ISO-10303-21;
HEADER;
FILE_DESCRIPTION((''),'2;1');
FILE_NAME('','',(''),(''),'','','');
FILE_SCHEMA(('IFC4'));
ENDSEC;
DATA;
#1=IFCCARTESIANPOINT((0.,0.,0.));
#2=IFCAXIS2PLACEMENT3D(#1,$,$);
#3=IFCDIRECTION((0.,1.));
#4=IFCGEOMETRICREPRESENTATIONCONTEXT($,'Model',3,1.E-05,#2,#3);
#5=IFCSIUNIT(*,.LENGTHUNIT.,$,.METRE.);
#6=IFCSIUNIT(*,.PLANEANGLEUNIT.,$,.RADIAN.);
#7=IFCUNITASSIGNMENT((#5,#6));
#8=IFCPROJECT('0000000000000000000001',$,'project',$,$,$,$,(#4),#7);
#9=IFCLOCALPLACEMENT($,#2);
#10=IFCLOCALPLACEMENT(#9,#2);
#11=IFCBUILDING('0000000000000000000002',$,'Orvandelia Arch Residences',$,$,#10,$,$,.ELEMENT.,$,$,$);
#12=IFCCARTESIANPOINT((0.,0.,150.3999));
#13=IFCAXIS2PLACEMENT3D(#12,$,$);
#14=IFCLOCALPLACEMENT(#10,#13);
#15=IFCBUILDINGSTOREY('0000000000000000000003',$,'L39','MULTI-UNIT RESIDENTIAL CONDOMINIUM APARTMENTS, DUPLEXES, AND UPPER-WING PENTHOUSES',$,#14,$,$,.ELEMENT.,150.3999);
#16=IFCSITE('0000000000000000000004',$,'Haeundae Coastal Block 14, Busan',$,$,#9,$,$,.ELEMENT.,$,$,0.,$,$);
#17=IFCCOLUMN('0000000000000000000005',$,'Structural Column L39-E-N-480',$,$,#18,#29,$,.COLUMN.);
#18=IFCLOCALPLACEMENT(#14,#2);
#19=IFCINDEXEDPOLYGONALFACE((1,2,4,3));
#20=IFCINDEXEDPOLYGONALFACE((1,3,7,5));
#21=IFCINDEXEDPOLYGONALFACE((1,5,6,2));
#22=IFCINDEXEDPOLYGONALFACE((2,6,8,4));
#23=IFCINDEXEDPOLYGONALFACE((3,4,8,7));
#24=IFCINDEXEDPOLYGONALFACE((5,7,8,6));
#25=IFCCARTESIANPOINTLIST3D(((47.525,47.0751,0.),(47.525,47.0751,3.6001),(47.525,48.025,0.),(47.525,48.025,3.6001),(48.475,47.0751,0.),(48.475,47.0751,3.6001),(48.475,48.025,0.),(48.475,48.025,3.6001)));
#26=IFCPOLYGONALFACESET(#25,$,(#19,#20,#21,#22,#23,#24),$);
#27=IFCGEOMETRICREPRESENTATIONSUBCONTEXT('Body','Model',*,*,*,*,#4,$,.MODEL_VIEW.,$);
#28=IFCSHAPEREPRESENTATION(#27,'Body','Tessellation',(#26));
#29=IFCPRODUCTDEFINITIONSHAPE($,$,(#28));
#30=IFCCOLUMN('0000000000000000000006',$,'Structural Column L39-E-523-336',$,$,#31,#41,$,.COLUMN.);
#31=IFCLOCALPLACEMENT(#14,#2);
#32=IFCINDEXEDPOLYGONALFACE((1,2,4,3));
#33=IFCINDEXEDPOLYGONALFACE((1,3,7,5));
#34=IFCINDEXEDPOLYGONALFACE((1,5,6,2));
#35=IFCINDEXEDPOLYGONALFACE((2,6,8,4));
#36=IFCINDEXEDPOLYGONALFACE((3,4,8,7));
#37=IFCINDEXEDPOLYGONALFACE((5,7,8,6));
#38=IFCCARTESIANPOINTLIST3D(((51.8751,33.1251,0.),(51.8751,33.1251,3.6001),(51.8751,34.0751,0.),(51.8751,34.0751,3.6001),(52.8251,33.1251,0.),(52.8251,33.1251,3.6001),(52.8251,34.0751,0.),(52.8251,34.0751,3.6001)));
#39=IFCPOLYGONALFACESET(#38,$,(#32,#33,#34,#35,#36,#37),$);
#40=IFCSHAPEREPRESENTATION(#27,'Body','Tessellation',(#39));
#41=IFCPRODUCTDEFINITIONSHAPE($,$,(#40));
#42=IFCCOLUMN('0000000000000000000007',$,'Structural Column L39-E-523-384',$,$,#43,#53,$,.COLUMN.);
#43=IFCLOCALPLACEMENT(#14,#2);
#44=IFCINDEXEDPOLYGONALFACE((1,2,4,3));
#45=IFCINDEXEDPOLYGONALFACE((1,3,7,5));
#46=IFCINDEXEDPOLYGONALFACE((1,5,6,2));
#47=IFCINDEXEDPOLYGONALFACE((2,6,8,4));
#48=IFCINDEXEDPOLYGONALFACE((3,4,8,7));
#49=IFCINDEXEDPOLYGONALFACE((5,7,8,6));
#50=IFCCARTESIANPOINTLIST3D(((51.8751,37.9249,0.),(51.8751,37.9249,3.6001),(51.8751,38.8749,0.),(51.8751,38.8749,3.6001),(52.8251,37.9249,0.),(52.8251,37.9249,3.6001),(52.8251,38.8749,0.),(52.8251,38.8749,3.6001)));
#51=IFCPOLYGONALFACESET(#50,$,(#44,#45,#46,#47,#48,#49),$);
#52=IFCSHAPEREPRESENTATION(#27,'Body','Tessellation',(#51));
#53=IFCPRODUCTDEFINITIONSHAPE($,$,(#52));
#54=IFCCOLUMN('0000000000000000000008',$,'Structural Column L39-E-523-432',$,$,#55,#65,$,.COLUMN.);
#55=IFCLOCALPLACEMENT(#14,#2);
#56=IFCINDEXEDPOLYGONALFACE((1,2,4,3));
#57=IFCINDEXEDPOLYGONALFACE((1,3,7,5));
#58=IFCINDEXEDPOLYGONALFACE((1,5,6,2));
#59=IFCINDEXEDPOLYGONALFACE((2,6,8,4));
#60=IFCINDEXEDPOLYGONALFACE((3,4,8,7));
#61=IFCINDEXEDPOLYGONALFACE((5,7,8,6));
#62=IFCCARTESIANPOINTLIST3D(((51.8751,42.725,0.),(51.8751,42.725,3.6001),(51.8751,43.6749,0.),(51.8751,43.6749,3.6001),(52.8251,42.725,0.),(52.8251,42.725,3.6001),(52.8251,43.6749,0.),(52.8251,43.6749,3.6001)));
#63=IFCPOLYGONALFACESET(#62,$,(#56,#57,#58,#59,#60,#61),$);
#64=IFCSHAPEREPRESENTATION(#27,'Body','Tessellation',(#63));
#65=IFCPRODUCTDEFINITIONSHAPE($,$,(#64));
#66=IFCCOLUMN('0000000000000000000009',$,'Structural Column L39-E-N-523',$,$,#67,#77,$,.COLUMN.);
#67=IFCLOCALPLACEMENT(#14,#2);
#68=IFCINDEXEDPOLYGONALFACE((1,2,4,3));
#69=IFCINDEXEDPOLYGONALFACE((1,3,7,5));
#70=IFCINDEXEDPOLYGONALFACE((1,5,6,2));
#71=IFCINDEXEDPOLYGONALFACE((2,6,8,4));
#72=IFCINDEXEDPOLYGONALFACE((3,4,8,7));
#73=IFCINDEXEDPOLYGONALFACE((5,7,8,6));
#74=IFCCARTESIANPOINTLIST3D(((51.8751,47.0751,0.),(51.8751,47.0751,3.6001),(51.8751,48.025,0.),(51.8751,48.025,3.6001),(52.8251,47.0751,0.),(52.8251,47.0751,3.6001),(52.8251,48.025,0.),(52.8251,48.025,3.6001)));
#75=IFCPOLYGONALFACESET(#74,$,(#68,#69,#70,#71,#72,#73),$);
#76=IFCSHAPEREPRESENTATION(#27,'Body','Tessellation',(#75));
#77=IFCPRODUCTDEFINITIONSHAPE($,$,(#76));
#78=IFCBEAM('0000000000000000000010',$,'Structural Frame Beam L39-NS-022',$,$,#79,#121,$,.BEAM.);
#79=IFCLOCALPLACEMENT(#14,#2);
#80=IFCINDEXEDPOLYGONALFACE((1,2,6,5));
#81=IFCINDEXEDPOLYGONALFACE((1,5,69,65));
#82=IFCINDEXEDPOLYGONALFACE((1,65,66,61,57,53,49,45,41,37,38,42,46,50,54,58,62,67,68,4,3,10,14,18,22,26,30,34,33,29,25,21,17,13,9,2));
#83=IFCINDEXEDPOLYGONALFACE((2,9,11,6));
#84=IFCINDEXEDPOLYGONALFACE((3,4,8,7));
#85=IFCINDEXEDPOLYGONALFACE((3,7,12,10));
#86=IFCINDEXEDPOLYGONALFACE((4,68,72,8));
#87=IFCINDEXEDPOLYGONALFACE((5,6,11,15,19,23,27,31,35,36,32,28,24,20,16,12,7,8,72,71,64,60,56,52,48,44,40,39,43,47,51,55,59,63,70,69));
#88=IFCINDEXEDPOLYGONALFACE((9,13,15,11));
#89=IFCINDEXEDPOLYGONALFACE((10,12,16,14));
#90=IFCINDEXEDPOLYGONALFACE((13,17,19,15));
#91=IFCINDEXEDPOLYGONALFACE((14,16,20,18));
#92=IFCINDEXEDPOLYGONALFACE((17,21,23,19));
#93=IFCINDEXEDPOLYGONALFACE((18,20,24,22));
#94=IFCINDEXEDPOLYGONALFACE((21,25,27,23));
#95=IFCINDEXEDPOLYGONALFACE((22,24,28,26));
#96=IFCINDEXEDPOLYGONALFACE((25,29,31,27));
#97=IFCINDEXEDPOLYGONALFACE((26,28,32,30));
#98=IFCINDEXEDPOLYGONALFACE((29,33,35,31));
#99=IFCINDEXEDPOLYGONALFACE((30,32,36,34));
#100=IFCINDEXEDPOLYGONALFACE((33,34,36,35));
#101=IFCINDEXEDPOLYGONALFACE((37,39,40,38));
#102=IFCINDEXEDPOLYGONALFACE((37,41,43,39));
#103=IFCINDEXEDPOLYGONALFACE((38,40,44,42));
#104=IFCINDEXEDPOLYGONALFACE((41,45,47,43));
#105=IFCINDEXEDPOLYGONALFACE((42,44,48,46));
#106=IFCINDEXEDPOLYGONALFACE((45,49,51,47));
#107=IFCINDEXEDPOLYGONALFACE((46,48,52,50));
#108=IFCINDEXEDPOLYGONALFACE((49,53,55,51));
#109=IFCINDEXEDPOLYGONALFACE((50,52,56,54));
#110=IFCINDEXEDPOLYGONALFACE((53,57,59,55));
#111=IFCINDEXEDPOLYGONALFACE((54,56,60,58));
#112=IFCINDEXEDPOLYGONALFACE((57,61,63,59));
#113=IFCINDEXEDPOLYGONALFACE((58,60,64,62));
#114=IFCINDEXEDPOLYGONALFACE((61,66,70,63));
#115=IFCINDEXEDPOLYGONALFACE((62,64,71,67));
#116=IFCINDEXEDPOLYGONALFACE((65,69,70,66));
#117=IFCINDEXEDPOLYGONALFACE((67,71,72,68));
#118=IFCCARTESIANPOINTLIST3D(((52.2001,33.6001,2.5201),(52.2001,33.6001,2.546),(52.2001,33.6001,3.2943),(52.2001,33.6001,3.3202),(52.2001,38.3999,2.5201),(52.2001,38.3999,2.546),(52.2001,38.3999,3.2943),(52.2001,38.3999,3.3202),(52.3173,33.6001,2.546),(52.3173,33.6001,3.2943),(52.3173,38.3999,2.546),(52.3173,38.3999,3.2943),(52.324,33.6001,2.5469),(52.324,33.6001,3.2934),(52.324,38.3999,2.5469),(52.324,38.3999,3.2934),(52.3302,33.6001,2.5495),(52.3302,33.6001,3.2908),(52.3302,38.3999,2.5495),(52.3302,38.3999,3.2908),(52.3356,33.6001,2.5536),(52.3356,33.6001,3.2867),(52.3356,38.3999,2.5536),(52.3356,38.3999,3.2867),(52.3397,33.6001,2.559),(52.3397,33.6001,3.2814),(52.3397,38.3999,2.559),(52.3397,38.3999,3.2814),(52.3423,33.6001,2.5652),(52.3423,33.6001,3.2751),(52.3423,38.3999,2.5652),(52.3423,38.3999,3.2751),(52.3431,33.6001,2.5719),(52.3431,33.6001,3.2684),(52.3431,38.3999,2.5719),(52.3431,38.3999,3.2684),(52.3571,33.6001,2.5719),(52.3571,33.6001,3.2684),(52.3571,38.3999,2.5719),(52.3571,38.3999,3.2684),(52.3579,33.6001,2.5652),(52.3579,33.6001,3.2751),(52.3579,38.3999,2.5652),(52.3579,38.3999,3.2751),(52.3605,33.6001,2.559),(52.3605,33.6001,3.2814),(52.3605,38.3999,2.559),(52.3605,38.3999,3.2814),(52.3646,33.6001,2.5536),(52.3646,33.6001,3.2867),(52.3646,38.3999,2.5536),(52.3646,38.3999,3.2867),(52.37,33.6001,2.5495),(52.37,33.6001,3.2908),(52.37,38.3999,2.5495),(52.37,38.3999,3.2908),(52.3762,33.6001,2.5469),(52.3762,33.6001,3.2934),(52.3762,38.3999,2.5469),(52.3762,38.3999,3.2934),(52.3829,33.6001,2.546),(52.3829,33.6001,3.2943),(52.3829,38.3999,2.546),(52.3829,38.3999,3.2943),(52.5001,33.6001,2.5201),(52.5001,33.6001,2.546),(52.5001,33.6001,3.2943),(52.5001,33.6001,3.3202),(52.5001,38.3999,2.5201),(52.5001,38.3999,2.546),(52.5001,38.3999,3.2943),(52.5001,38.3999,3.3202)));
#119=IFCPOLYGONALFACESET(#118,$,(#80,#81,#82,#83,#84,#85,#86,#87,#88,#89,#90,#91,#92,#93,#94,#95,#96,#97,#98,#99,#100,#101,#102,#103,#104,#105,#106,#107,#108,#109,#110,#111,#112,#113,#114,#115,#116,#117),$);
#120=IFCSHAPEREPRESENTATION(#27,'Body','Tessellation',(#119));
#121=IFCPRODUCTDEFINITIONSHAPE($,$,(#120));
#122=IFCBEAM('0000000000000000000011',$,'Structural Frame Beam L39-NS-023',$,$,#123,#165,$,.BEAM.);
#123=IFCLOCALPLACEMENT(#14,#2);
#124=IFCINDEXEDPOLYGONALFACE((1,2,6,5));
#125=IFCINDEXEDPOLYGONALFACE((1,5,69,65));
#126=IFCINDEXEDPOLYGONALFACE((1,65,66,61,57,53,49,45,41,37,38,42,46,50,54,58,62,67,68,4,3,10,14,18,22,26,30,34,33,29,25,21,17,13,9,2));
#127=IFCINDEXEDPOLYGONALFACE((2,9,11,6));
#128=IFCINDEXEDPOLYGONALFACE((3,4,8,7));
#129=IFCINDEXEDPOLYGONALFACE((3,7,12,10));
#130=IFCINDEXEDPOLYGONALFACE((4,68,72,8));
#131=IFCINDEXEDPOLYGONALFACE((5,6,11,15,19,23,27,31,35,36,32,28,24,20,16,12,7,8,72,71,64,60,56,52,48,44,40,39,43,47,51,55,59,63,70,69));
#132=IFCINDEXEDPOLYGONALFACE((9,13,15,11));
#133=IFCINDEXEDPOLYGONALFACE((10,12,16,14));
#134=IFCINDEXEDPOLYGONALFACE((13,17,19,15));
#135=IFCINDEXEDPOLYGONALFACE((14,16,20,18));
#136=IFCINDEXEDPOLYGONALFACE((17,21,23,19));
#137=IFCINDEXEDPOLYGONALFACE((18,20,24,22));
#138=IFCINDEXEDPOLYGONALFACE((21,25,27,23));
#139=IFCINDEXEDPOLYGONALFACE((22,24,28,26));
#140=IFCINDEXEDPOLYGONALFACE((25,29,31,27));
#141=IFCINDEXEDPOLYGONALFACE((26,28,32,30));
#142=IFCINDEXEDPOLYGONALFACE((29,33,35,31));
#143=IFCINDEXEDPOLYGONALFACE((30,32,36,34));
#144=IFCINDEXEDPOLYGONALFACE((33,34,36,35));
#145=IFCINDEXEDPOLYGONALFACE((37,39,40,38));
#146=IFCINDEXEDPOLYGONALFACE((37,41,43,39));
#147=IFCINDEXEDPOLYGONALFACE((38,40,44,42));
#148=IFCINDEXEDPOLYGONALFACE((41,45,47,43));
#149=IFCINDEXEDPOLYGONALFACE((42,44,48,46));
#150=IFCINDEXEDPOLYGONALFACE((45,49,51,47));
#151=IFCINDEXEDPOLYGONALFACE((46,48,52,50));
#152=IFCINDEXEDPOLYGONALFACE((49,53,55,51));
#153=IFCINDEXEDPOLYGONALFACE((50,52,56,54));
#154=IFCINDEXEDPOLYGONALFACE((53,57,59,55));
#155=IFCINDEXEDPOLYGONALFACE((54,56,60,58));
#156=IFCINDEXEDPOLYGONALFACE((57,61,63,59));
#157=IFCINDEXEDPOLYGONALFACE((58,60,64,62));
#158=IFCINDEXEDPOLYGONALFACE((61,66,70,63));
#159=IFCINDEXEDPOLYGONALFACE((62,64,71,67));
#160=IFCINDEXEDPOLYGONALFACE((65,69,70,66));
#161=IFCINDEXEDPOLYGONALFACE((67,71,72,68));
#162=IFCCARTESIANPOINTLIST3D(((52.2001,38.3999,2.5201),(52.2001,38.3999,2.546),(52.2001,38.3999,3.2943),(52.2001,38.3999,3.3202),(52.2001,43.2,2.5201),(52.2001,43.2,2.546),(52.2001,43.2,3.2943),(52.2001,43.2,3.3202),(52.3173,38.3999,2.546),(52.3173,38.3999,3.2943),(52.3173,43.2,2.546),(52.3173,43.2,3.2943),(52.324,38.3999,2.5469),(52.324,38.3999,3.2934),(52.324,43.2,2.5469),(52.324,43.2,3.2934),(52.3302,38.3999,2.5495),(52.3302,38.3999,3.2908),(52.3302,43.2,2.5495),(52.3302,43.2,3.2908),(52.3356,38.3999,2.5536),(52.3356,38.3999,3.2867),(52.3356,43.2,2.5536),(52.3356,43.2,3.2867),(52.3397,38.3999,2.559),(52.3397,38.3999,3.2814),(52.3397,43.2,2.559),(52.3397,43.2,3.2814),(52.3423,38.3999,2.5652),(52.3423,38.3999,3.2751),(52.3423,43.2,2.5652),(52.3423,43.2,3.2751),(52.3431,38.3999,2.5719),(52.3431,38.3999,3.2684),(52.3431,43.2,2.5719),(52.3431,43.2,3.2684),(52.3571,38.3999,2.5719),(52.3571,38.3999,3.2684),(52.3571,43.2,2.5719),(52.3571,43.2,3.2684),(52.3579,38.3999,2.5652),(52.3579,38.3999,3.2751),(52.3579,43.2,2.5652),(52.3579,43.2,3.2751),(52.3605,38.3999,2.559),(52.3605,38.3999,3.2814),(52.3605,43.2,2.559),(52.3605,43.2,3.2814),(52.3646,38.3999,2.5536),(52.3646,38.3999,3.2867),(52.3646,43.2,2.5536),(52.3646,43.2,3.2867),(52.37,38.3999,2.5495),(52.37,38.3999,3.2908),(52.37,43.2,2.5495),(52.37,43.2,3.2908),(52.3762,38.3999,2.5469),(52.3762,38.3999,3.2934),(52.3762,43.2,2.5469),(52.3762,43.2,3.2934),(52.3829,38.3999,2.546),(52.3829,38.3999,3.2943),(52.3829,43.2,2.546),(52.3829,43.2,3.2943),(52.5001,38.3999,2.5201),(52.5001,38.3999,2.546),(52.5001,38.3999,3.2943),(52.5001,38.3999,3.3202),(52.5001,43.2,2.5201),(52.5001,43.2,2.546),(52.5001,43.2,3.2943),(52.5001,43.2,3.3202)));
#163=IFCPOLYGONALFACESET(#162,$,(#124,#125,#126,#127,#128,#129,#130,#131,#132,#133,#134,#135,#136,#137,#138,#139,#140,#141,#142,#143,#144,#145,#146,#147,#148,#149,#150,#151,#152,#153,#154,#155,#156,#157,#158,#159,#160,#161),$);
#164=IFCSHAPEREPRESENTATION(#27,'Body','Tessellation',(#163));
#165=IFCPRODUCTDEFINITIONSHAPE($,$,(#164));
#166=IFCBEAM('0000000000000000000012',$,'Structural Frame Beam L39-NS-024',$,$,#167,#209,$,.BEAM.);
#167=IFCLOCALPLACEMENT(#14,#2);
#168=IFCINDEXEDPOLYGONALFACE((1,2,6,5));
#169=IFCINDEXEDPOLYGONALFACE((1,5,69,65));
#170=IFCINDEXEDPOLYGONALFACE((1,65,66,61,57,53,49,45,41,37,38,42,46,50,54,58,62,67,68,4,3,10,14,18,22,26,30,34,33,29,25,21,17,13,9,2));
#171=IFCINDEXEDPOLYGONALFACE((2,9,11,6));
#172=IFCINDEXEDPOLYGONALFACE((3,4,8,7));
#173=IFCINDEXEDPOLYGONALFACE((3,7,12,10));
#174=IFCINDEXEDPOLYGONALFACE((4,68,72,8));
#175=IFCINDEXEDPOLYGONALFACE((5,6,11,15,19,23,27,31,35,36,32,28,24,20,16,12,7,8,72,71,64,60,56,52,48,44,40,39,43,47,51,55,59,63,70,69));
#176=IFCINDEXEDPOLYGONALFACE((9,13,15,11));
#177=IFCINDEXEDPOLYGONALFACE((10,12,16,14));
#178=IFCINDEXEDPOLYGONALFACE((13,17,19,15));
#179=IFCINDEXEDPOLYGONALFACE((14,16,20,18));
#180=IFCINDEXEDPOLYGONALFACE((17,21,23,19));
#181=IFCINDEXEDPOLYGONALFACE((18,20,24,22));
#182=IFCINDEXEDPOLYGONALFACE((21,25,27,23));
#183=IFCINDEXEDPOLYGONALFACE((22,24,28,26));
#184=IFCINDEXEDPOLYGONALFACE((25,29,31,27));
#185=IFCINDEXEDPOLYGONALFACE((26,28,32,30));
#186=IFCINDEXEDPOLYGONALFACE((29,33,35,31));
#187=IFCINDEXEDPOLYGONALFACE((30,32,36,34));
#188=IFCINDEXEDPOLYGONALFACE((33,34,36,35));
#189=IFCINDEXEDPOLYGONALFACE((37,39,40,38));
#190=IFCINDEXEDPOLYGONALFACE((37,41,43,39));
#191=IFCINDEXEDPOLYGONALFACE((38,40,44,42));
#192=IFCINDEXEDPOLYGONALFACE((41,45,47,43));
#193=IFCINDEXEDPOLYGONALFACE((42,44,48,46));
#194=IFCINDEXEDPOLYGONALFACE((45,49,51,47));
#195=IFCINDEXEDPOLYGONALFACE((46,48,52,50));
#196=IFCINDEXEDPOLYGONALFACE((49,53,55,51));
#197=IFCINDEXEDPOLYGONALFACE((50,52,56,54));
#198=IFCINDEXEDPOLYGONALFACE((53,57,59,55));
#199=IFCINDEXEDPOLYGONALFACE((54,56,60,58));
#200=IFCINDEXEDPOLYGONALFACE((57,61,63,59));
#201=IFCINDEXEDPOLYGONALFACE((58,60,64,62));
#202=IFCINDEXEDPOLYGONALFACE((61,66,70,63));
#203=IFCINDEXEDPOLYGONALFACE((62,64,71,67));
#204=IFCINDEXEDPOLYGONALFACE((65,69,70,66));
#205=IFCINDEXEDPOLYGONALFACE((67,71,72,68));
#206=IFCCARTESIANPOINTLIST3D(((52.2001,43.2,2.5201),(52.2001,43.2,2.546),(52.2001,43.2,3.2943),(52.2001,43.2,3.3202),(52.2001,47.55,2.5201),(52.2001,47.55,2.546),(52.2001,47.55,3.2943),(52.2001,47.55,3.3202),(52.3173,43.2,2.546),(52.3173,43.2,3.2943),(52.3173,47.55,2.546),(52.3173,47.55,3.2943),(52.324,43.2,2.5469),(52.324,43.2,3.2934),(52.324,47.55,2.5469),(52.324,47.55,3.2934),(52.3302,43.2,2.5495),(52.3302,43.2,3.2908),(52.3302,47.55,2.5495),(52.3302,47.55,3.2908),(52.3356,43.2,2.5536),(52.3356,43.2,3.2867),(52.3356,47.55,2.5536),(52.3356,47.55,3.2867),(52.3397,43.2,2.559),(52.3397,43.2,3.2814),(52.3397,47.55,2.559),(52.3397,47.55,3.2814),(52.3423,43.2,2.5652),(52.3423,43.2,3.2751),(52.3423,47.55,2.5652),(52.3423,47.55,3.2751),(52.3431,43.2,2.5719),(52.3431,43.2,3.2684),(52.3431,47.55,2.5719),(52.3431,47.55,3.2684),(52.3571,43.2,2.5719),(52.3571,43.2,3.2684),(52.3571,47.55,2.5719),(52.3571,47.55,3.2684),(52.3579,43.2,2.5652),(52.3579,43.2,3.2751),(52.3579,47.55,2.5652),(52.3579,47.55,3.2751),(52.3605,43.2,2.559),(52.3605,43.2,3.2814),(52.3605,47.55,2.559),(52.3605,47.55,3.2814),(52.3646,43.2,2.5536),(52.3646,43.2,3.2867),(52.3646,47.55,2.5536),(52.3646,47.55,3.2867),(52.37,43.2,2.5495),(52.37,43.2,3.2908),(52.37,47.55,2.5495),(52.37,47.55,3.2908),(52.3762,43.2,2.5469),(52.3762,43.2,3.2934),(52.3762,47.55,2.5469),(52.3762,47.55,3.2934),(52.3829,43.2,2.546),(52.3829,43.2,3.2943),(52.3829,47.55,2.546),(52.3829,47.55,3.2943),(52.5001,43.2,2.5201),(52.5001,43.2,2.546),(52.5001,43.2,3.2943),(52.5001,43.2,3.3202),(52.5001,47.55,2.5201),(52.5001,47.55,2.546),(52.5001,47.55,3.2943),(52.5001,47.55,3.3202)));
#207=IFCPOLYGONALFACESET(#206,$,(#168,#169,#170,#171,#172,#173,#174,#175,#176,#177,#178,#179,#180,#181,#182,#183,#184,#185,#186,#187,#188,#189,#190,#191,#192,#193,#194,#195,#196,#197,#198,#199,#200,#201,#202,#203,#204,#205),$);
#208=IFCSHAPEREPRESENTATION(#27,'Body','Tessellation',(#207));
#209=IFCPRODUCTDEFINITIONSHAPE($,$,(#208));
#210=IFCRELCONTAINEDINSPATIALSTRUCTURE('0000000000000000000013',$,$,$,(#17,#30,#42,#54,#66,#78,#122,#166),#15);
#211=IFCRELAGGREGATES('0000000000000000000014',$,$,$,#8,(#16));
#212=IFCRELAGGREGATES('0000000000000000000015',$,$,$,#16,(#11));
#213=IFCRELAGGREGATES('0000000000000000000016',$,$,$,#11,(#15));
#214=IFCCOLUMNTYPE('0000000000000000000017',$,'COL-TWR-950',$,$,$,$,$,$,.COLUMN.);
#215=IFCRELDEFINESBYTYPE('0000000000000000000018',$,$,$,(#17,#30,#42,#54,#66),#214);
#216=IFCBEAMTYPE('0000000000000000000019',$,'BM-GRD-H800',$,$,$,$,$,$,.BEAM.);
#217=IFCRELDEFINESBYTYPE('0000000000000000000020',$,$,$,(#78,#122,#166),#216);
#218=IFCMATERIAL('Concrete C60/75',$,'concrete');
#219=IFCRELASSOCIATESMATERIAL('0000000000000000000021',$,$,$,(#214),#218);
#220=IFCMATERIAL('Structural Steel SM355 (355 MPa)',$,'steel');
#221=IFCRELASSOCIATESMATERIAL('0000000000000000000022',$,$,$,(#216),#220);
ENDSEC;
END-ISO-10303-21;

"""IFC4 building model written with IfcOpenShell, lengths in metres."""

from ifc_helpers import new_model, si_unit, direction, frame, origin, origin_2d, place, context, subcontext, project, spatial, rectangle, i_section, extrude, material, material_profile, profile_set, type_object, element, save


model = new_model("IFC4")

# Units and contexts
model_context = context("Model", 3, precision=1e-05, world=origin(), true_north=direction((0.0, 1.0)))
body_context = subcontext(model_context, "Body", "Model", "MODEL_VIEW")
ifc_project = project(units=[si_unit("LENGTHUNIT", "METRE"), si_unit("PLANEANGLEUNIT", "RADIAN")], contexts=[model_context])

# Site, building, storey
site_placement = place(None, origin())
site = spatial("IfcSite", under=ifc_project, at=site_placement, Name="Haeundae Coastal Block 14, Busan", CompositionType="ELEMENT", RefElevation=0.0)
building_placement = place(site_placement, origin())
building = spatial("IfcBuilding", under=site, at=building_placement, Name="Orvandelia Arch Residences", CompositionType="ELEMENT")
storey_placement = place(building_placement, frame((0.0, 0.0, 150.3999)))
storey = spatial("IfcBuildingStorey", under=building, at=storey_placement, Name="L39", Description="MULTI-UNIT RESIDENTIAL CONDOMINIUM APARTMENTS, DUPLEXES, AND UPPER-WING PENTHOUSES", CompositionType="ELEMENT", Elevation=150.3999)

# Columns
ifc_material_1 = material(Name="Concrete C60/75", Category="concrete")
ifc_material_profile_1 = material_profile(ifc_material_1, rectangle(XDim=0.95, YDim=0.95, at=origin_2d()), Name="Concrete C60/75", Category="concrete")
ifc_profile_set_1 = profile_set([ifc_material_profile_1], Name="Concrete C60/75")
column_type = type_object("IfcColumnType", Name="COL-TWR-950", PredefinedType="COLUMN", material=ifc_profile_set_1)
for number, where, z_axis, x_axis, name in (
    (1, (48.0, 47.55, 0.0), (0.0, 0.0, 1.0), (1.0, 0.0, 0.0), "Structural Column L39-E-N-480"),
    (2, (52.3501, 33.6001, 0.0), (0.0, 0.0, 1.0), (1.0, 0.0, 0.0), "Structural Column L39-E-523-336"),
    (3, (52.3501, 38.3999, 0.0), (0.0, 0.0, 1.0), (1.0, 0.0, 0.0), "Structural Column L39-E-523-384"),
    (4, (52.3501, 43.2, 0.0), (0.0, 0.0, 1.0), (1.0, 0.0, 0.0), "Structural Column L39-E-523-432"),
    (5, (52.3501, 47.55, 0.0), (0.0, 0.0, 1.0), (1.0, 0.0, 0.0), "Structural Column L39-E-N-523"),
):
    element("IfcColumn", number, at=place(storey_placement, frame(where, z_axis=z_axis, x_axis=x_axis)), inside=storey, type_object=column_type, Name=name, PredefinedType="COLUMN", context=body_context, shape_type="SweptSolid", body=[
        extrude(rectangle(XDim=0.95, YDim=0.95, at=origin_2d()), origin(), (0.0, 0.0, 1.0), 3.6001),
    ])

# Beams
ifc_material_2 = material(Name="Structural Steel SM355 (355 MPa)", Category="steel")
ifc_material_profile_2 = material_profile(ifc_material_2, i_section(OverallWidth=0.3, OverallDepth=0.8, WebThickness=0.0139, FlangeThickness=0.0259, FilletRadius=0.0259, at=origin_2d()), Name="Structural Steel SM355 (355 MPa)", Category="steel")
ifc_profile_set_2 = profile_set([ifc_material_profile_2], Name="Structural Steel SM355 (355 MPa)")
beam_type = type_object("IfcBeamType", Name="BM-GRD-H800", PredefinedType="BEAM", material=ifc_profile_set_2)
beam_1_placement = place(storey_placement, frame((52.3501, 33.6001, 2.9202), z_axis=(0.0, 1.0, 0.0), x_axis=(-1.0, 0.0, 0.0)))
element("IfcBeam", 6, at=beam_1_placement, inside=storey, type_object=beam_type, Name="Structural Frame Beam L39-NS-022", PredefinedType="BEAM", context=body_context, shape_type="SweptSolid", body=[
    extrude(i_section(OverallWidth=0.3, OverallDepth=0.8, WebThickness=0.0139, FlangeThickness=0.0259, FilletRadius=0.0259, at=origin_2d()), origin(), (0.0, 0.0, 1.0), 4.7998),
])
beam_2_placement = place(storey_placement, frame((52.3501, 38.3999, 2.9202), z_axis=(0.0, 1.0, 0.0), x_axis=(-1.0, 0.0, 0.0)))
element("IfcBeam", 7, at=beam_2_placement, inside=storey, type_object=beam_type, Name="Structural Frame Beam L39-NS-023", PredefinedType="BEAM", context=body_context, shape_type="SweptSolid", body=[
    extrude(i_section(OverallWidth=0.3, OverallDepth=0.8, WebThickness=0.0139, FlangeThickness=0.0259, FilletRadius=0.0259, at=origin_2d()), origin(), (0.0, 0.0, 1.0), 4.8),
])
for number, where, z_axis, x_axis, name in (
    (8, (52.3501, 43.2, 2.9202), (0.0, 1.0, 0.0), (-1.0, 0.0, 0.0), "Structural Frame Beam L39-NS-024"),
):
    element("IfcBeam", number, at=place(storey_placement, frame(where, z_axis=z_axis, x_axis=x_axis)), inside=storey, type_object=beam_type, Name=name, PredefinedType="BEAM", context=body_context, shape_type="SweptSolid", body=[
        extrude(i_section(OverallWidth=0.3, OverallDepth=0.8, WebThickness=0.0139, FlangeThickness=0.0259, FilletRadius=0.0259, at=origin_2d()), origin(), (0.0, 0.0, 1.0), 4.3501),
    ])

save(model, "model.ifc")
